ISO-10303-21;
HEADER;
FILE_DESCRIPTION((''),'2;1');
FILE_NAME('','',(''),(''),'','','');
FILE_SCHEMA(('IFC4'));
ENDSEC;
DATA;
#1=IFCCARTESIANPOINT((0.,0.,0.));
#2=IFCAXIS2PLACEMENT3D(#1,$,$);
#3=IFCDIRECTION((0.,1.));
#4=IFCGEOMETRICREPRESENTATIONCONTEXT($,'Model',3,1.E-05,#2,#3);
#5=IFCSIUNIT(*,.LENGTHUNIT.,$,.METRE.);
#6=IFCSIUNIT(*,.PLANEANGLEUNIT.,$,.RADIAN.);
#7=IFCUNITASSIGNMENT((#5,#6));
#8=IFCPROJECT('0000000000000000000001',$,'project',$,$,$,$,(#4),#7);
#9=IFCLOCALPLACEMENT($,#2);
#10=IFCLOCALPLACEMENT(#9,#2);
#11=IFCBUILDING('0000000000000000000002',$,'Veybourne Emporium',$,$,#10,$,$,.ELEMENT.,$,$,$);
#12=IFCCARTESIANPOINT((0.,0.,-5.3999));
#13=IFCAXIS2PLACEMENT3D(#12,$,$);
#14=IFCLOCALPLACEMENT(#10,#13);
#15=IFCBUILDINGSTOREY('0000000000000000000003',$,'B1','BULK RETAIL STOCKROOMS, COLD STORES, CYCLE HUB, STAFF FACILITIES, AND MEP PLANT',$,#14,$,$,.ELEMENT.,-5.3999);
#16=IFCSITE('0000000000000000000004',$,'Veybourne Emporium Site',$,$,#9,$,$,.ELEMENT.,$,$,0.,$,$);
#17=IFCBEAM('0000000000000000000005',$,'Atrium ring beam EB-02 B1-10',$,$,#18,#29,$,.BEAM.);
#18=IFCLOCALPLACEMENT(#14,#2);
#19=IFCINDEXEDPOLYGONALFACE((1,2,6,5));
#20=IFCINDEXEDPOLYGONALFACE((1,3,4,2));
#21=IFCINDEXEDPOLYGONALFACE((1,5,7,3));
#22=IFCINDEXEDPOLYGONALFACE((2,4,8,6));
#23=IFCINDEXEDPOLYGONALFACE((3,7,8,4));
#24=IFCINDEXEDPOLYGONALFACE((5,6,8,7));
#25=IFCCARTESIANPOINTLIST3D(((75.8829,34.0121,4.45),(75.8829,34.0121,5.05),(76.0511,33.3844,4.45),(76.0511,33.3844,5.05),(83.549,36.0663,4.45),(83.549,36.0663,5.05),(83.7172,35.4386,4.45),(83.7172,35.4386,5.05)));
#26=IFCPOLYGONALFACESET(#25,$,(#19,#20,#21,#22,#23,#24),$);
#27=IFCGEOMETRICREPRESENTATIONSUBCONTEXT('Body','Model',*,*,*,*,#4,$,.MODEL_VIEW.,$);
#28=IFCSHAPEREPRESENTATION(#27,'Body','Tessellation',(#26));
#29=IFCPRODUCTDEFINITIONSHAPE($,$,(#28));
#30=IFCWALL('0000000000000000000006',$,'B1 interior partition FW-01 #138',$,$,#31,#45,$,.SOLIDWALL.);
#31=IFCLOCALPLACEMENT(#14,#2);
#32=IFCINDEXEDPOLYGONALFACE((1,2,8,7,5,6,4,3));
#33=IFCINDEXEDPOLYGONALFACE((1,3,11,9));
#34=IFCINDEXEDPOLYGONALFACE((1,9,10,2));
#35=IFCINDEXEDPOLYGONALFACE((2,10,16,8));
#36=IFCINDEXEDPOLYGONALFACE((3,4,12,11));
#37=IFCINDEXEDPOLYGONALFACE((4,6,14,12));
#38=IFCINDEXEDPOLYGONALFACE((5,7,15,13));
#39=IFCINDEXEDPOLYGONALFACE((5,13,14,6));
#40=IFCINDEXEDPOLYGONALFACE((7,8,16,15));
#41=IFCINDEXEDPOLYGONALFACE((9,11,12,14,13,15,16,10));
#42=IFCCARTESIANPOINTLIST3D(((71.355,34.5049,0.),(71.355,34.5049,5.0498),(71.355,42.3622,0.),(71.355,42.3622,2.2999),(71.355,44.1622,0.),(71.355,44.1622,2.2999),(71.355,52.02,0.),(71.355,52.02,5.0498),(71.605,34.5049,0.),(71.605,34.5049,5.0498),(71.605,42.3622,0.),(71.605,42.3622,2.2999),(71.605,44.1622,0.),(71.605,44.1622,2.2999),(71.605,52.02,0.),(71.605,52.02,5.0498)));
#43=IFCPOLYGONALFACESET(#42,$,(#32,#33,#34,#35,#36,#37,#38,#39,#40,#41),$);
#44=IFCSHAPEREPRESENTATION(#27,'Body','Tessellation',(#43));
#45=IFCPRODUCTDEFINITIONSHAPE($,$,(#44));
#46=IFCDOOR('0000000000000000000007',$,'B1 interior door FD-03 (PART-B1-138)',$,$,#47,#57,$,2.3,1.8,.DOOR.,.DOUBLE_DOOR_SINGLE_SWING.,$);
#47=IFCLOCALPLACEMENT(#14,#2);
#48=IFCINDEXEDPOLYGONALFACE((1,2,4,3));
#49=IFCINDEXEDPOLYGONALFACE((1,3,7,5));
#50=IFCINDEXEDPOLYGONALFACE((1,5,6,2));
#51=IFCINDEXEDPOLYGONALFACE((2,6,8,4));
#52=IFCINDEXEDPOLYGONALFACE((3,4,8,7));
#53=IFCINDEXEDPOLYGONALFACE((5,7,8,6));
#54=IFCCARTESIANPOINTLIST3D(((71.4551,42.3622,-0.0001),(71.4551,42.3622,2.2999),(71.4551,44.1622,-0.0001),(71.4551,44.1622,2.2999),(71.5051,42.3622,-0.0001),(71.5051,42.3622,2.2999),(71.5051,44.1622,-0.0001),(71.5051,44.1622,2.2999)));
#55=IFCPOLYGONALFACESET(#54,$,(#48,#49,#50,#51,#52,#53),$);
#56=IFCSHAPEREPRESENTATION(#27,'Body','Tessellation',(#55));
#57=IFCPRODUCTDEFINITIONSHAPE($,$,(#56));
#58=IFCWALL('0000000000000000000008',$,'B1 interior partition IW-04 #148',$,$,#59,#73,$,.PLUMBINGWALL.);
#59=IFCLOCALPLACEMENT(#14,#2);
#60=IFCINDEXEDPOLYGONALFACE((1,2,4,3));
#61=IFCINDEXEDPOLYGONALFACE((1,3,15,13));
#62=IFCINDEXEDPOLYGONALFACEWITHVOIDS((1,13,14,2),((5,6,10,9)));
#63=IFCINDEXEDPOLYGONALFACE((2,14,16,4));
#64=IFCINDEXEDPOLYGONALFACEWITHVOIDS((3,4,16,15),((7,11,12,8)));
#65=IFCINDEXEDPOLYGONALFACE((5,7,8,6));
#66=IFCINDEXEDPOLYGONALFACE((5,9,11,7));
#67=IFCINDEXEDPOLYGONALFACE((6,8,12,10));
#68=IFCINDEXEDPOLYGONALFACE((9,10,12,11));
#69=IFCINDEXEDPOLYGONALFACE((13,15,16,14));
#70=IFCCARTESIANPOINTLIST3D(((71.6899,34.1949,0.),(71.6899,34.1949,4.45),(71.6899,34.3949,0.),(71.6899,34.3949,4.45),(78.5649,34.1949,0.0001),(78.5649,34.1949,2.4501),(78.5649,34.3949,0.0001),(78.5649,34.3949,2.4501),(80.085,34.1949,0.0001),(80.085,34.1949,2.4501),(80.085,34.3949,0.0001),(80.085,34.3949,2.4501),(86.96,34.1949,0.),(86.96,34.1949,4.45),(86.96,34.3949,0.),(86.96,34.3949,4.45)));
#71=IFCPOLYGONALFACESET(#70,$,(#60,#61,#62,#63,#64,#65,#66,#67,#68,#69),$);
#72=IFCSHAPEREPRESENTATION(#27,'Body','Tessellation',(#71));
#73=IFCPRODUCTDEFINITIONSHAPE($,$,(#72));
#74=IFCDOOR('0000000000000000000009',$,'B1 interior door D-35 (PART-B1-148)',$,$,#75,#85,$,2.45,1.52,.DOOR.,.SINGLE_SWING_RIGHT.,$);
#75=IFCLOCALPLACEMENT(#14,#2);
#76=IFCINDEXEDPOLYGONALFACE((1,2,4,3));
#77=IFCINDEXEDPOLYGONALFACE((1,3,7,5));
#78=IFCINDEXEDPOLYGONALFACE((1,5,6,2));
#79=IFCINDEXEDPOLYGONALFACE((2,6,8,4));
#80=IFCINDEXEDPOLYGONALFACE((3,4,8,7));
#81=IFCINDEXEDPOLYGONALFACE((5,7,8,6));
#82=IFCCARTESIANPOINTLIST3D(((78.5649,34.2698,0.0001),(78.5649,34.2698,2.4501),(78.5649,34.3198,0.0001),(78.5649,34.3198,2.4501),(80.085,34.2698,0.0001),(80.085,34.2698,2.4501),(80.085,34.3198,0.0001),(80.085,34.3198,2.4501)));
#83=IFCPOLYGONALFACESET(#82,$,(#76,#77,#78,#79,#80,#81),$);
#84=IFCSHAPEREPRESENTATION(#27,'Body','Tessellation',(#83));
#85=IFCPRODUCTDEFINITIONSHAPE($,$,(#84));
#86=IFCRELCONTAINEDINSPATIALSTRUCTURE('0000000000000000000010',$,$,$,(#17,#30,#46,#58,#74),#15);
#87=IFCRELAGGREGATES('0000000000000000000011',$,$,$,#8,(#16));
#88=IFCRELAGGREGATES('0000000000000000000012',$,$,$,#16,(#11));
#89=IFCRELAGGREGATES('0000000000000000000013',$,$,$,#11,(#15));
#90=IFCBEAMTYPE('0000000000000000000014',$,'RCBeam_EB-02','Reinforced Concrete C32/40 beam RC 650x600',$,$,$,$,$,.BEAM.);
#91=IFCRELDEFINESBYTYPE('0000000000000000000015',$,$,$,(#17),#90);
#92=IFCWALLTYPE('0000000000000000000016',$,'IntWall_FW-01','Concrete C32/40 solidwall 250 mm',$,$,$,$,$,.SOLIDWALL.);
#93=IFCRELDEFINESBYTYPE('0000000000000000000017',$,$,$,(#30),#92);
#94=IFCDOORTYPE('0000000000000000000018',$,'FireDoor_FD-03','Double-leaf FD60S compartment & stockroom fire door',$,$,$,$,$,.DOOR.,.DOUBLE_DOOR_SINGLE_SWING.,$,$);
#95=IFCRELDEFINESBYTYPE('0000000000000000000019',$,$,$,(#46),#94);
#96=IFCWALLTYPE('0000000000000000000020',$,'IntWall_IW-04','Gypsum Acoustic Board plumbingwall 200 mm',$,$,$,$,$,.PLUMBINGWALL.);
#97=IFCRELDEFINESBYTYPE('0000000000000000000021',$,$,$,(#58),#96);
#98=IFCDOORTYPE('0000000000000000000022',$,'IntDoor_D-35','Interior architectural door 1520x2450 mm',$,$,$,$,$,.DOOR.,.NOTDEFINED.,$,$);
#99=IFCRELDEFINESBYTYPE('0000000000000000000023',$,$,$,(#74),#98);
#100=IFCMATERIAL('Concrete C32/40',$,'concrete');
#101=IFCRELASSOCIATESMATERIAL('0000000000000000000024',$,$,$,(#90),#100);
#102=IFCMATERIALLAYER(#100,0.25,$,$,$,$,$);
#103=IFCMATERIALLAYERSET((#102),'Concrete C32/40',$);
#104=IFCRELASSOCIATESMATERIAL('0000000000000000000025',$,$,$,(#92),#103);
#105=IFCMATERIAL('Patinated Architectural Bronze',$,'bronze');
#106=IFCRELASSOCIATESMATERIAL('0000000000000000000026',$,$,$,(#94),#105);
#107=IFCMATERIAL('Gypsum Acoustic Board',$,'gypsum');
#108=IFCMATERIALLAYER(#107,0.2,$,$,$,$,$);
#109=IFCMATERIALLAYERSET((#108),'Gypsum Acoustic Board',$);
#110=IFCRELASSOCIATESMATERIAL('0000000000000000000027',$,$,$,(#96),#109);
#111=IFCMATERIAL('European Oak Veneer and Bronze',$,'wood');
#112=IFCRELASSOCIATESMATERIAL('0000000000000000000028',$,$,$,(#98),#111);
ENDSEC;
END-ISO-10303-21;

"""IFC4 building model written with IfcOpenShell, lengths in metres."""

from ifc_helpers import new_model, si_unit, direction, frame, frame_2d, origin, origin_2d, place, context, subcontext, project, spatial, rectangle, extrude, material, layer, layer_set, material_profile, profile_set, type_object, element, fill, save


model = new_model("IFC4")

# Units and contexts
model_context = context("Model", 3, precision=1e-05, world=origin(), true_north=direction((0.0, 1.0)))
body_context = subcontext(model_context, "Body", "Model", "MODEL_VIEW")
ifc_project = project(units=[si_unit("LENGTHUNIT", "METRE"), si_unit("PLANEANGLEUNIT", "RADIAN")], contexts=[model_context])

# Site, building, storey
site_placement = place(None, origin())
site = spatial("IfcSite", under=ifc_project, at=site_placement, Name="Veybourne Emporium Site", CompositionType="ELEMENT", RefElevation=0.0)
building_placement = place(site_placement, origin())
building = spatial("IfcBuilding", under=site, at=building_placement, Name="Veybourne Emporium", CompositionType="ELEMENT")
storey_placement = place(building_placement, frame((0.0, 0.0, -5.3999)))
storey = spatial("IfcBuildingStorey", under=building, at=storey_placement, Name="B1", Description="BULK RETAIL STOCKROOMS, COLD STORES, CYCLE HUB, STAFF FACILITIES, AND MEP PLANT", CompositionType="ELEMENT", Elevation=-5.3999)

# Beam
ifc_material_1 = material(Name="Concrete C32/40", Category="concrete")
ifc_material_profile_1 = material_profile(ifc_material_1, rectangle(XDim=0.6499, YDim=0.6001, at=origin_2d()), Name="RC 650x600")
ifc_profile_set_1 = profile_set([ifc_material_profile_1], Name="Concrete C32/40")
beam_type_1 = type_object("IfcBeamType", Name="RCBeam_EB-02", Description="Reinforced Concrete C32/40 beam RC 650x600", PredefinedType="BEAM", material=ifc_profile_set_1)
beam_1_placement = place(storey_placement, frame((75.967, 33.6982, 4.75), z_axis=(0.965923, 0.25883, 0.0), x_axis=(-0.25883, 0.965923, 0.0)))
element("IfcBeam", 1, at=beam_1_placement, inside=storey, type_object=beam_type_1, Name="Atrium ring beam EB-02 B1-10", PredefinedType="BEAM", context=body_context, shape_type="SweptSolid", body=[
    extrude(rectangle(XDim=0.6499, YDim=0.6001, at=origin_2d()), origin(), (0.0, 0.0, 1.0), 7.9365),
])

# Walls, openings, doors
ifc_layer_1 = layer(ifc_material_1, 0.25)
ifc_layer_set_1 = layer_set([ifc_layer_1], Name="Concrete C32/40")
wall_type_1 = type_object("IfcWallType", Name="IntWall_FW-01", Description="Concrete C32/40 solidwall 250 mm", PredefinedType="SOLIDWALL", material=ifc_layer_set_1)
wall_1_placement = place(storey_placement, frame((71.48, 34.5049, 0.0), z_axis=(0.0, 0.0, 1.0), x_axis=(0.0, 1.0, 0.0)))
wall_1 = element("IfcWall", 2, at=wall_1_placement, inside=storey, type_object=wall_type_1, Name="B1 interior partition FW-01 #138", PredefinedType="SOLIDWALL", context=body_context, shape_type="SweptSolid", body=[
    extrude(rectangle(XDim=17.5151, YDim=0.25, at=frame_2d((8.7576, 0.0))), origin(), (0.0, 0.0, 1.0), 5.0498),
])
opening_1_placement = place(wall_1_placement, frame((7.8574, 0.0, 0.0)))
opening_1 = element("IfcOpeningElement", 3, at=opening_1_placement, cuts=wall_1, PredefinedType="OPENING", context=body_context, shape_type="SweptSolid", body=[
    extrude(rectangle(XDim=1.8, YDim=2.3, at=frame_2d((0.8999, 1.1499))), frame((0.0, 0.145, 0.0), z_axis=(0.0, -1.0, 0.0), x_axis=(1.0, 0.0, 0.0)), (0.0, 0.0, 1.0), 0.29),
])
ifc_material_2 = material(Name="Patinated Architectural Bronze", Category="bronze")
door_type_1 = type_object("IfcDoorType", Name="FireDoor_FD-03", Description="Double-leaf FD60S compartment & stockroom fire door", OperationType="DOUBLE_DOOR_SINGLE_SWING", PredefinedType="DOOR", material=ifc_material_2)
door_1_placement = place(opening_1_placement, origin())
door_1 = element("IfcDoor", 4, at=door_1_placement, inside=storey, type_object=door_type_1, Name="B1 interior door FD-03 (PART-B1-138)", OperationType="DOUBLE_DOOR_SINGLE_SWING", OverallHeight=2.3, OverallWidth=1.8, PredefinedType="DOOR", context=body_context, shape_type="SweptSolid", body=[
    extrude(rectangle(XDim=1.8, YDim=2.3, at=frame_2d((0.8999, 1.1499))), frame((0.0, 0.0249, 0.0), z_axis=(0.0, -1.0, 0.0), x_axis=(1.0, 0.0, 0.0)), (0.0, 0.0, 1.0), 0.05),
])
fill(opening_1, door_1)
ifc_material_3 = material(Name="Gypsum Acoustic Board", Category="gypsum")
ifc_layer_2 = layer(ifc_material_3, 0.2)
ifc_layer_set_2 = layer_set([ifc_layer_2], Name="Gypsum Acoustic Board")
wall_type_2 = type_object("IfcWallType", Name="IntWall_IW-04", Description="Gypsum Acoustic Board plumbingwall 200 mm", PredefinedType="PLUMBINGWALL", material=ifc_layer_set_2)
wall_2_placement = place(storey_placement, frame((71.6899, 34.2949, 0.0), z_axis=(0.0, 0.0, 1.0), x_axis=(1.0, 0.0, 0.0)))
wall_2 = element("IfcWall", 5, at=wall_2_placement, inside=storey, type_object=wall_type_2, Name="B1 interior partition IW-04 #148", PredefinedType="PLUMBINGWALL", context=body_context, shape_type="SweptSolid", body=[
    extrude(rectangle(XDim=15.27, YDim=0.2, at=frame_2d((7.635, 0.0))), origin(), (0.0, 0.0, 1.0), 4.45),
])
opening_2_placement = place(wall_2_placement, frame((6.875, 0.0, 0.0)))
opening_2 = element("IfcOpeningElement", 6, at=opening_2_placement, cuts=wall_2, PredefinedType="OPENING", context=body_context, shape_type="SweptSolid", body=[
    extrude(rectangle(XDim=1.52, YDim=2.45, at=frame_2d((0.76, 1.2251))), frame((0.0, 0.1201, 0.0), z_axis=(0.0, -1.0, 0.0), x_axis=(1.0, 0.0, 0.0)), (0.0, 0.0, 1.0), 0.24),
])
ifc_material_4 = material(Name="European Oak Veneer and Bronze", Category="wood")
door_type_2 = type_object("IfcDoorType", Name="IntDoor_D-35", Description="Interior architectural door 1520x2450 mm", OperationType="NOTDEFINED", PredefinedType="DOOR", material=ifc_material_4)
door_2_placement = place(opening_2_placement, origin())
door_2 = element("IfcDoor", 7, at=door_2_placement, inside=storey, type_object=door_type_2, Name="B1 interior door D-35 (PART-B1-148)", OperationType="SINGLE_SWING_RIGHT", OverallHeight=2.45, OverallWidth=1.52, PredefinedType="DOOR", context=body_context, shape_type="SweptSolid", body=[
    extrude(rectangle(XDim=1.52, YDim=2.45, at=frame_2d((0.76, 1.2251))), frame((0.0, 0.0249, 0.0), z_axis=(0.0, -1.0, 0.0), x_axis=(1.0, 0.0, 0.0)), (0.0, 0.0, 1.0), 0.05),
])
fill(opening_2, door_2)

save(model, "model.ifc")
